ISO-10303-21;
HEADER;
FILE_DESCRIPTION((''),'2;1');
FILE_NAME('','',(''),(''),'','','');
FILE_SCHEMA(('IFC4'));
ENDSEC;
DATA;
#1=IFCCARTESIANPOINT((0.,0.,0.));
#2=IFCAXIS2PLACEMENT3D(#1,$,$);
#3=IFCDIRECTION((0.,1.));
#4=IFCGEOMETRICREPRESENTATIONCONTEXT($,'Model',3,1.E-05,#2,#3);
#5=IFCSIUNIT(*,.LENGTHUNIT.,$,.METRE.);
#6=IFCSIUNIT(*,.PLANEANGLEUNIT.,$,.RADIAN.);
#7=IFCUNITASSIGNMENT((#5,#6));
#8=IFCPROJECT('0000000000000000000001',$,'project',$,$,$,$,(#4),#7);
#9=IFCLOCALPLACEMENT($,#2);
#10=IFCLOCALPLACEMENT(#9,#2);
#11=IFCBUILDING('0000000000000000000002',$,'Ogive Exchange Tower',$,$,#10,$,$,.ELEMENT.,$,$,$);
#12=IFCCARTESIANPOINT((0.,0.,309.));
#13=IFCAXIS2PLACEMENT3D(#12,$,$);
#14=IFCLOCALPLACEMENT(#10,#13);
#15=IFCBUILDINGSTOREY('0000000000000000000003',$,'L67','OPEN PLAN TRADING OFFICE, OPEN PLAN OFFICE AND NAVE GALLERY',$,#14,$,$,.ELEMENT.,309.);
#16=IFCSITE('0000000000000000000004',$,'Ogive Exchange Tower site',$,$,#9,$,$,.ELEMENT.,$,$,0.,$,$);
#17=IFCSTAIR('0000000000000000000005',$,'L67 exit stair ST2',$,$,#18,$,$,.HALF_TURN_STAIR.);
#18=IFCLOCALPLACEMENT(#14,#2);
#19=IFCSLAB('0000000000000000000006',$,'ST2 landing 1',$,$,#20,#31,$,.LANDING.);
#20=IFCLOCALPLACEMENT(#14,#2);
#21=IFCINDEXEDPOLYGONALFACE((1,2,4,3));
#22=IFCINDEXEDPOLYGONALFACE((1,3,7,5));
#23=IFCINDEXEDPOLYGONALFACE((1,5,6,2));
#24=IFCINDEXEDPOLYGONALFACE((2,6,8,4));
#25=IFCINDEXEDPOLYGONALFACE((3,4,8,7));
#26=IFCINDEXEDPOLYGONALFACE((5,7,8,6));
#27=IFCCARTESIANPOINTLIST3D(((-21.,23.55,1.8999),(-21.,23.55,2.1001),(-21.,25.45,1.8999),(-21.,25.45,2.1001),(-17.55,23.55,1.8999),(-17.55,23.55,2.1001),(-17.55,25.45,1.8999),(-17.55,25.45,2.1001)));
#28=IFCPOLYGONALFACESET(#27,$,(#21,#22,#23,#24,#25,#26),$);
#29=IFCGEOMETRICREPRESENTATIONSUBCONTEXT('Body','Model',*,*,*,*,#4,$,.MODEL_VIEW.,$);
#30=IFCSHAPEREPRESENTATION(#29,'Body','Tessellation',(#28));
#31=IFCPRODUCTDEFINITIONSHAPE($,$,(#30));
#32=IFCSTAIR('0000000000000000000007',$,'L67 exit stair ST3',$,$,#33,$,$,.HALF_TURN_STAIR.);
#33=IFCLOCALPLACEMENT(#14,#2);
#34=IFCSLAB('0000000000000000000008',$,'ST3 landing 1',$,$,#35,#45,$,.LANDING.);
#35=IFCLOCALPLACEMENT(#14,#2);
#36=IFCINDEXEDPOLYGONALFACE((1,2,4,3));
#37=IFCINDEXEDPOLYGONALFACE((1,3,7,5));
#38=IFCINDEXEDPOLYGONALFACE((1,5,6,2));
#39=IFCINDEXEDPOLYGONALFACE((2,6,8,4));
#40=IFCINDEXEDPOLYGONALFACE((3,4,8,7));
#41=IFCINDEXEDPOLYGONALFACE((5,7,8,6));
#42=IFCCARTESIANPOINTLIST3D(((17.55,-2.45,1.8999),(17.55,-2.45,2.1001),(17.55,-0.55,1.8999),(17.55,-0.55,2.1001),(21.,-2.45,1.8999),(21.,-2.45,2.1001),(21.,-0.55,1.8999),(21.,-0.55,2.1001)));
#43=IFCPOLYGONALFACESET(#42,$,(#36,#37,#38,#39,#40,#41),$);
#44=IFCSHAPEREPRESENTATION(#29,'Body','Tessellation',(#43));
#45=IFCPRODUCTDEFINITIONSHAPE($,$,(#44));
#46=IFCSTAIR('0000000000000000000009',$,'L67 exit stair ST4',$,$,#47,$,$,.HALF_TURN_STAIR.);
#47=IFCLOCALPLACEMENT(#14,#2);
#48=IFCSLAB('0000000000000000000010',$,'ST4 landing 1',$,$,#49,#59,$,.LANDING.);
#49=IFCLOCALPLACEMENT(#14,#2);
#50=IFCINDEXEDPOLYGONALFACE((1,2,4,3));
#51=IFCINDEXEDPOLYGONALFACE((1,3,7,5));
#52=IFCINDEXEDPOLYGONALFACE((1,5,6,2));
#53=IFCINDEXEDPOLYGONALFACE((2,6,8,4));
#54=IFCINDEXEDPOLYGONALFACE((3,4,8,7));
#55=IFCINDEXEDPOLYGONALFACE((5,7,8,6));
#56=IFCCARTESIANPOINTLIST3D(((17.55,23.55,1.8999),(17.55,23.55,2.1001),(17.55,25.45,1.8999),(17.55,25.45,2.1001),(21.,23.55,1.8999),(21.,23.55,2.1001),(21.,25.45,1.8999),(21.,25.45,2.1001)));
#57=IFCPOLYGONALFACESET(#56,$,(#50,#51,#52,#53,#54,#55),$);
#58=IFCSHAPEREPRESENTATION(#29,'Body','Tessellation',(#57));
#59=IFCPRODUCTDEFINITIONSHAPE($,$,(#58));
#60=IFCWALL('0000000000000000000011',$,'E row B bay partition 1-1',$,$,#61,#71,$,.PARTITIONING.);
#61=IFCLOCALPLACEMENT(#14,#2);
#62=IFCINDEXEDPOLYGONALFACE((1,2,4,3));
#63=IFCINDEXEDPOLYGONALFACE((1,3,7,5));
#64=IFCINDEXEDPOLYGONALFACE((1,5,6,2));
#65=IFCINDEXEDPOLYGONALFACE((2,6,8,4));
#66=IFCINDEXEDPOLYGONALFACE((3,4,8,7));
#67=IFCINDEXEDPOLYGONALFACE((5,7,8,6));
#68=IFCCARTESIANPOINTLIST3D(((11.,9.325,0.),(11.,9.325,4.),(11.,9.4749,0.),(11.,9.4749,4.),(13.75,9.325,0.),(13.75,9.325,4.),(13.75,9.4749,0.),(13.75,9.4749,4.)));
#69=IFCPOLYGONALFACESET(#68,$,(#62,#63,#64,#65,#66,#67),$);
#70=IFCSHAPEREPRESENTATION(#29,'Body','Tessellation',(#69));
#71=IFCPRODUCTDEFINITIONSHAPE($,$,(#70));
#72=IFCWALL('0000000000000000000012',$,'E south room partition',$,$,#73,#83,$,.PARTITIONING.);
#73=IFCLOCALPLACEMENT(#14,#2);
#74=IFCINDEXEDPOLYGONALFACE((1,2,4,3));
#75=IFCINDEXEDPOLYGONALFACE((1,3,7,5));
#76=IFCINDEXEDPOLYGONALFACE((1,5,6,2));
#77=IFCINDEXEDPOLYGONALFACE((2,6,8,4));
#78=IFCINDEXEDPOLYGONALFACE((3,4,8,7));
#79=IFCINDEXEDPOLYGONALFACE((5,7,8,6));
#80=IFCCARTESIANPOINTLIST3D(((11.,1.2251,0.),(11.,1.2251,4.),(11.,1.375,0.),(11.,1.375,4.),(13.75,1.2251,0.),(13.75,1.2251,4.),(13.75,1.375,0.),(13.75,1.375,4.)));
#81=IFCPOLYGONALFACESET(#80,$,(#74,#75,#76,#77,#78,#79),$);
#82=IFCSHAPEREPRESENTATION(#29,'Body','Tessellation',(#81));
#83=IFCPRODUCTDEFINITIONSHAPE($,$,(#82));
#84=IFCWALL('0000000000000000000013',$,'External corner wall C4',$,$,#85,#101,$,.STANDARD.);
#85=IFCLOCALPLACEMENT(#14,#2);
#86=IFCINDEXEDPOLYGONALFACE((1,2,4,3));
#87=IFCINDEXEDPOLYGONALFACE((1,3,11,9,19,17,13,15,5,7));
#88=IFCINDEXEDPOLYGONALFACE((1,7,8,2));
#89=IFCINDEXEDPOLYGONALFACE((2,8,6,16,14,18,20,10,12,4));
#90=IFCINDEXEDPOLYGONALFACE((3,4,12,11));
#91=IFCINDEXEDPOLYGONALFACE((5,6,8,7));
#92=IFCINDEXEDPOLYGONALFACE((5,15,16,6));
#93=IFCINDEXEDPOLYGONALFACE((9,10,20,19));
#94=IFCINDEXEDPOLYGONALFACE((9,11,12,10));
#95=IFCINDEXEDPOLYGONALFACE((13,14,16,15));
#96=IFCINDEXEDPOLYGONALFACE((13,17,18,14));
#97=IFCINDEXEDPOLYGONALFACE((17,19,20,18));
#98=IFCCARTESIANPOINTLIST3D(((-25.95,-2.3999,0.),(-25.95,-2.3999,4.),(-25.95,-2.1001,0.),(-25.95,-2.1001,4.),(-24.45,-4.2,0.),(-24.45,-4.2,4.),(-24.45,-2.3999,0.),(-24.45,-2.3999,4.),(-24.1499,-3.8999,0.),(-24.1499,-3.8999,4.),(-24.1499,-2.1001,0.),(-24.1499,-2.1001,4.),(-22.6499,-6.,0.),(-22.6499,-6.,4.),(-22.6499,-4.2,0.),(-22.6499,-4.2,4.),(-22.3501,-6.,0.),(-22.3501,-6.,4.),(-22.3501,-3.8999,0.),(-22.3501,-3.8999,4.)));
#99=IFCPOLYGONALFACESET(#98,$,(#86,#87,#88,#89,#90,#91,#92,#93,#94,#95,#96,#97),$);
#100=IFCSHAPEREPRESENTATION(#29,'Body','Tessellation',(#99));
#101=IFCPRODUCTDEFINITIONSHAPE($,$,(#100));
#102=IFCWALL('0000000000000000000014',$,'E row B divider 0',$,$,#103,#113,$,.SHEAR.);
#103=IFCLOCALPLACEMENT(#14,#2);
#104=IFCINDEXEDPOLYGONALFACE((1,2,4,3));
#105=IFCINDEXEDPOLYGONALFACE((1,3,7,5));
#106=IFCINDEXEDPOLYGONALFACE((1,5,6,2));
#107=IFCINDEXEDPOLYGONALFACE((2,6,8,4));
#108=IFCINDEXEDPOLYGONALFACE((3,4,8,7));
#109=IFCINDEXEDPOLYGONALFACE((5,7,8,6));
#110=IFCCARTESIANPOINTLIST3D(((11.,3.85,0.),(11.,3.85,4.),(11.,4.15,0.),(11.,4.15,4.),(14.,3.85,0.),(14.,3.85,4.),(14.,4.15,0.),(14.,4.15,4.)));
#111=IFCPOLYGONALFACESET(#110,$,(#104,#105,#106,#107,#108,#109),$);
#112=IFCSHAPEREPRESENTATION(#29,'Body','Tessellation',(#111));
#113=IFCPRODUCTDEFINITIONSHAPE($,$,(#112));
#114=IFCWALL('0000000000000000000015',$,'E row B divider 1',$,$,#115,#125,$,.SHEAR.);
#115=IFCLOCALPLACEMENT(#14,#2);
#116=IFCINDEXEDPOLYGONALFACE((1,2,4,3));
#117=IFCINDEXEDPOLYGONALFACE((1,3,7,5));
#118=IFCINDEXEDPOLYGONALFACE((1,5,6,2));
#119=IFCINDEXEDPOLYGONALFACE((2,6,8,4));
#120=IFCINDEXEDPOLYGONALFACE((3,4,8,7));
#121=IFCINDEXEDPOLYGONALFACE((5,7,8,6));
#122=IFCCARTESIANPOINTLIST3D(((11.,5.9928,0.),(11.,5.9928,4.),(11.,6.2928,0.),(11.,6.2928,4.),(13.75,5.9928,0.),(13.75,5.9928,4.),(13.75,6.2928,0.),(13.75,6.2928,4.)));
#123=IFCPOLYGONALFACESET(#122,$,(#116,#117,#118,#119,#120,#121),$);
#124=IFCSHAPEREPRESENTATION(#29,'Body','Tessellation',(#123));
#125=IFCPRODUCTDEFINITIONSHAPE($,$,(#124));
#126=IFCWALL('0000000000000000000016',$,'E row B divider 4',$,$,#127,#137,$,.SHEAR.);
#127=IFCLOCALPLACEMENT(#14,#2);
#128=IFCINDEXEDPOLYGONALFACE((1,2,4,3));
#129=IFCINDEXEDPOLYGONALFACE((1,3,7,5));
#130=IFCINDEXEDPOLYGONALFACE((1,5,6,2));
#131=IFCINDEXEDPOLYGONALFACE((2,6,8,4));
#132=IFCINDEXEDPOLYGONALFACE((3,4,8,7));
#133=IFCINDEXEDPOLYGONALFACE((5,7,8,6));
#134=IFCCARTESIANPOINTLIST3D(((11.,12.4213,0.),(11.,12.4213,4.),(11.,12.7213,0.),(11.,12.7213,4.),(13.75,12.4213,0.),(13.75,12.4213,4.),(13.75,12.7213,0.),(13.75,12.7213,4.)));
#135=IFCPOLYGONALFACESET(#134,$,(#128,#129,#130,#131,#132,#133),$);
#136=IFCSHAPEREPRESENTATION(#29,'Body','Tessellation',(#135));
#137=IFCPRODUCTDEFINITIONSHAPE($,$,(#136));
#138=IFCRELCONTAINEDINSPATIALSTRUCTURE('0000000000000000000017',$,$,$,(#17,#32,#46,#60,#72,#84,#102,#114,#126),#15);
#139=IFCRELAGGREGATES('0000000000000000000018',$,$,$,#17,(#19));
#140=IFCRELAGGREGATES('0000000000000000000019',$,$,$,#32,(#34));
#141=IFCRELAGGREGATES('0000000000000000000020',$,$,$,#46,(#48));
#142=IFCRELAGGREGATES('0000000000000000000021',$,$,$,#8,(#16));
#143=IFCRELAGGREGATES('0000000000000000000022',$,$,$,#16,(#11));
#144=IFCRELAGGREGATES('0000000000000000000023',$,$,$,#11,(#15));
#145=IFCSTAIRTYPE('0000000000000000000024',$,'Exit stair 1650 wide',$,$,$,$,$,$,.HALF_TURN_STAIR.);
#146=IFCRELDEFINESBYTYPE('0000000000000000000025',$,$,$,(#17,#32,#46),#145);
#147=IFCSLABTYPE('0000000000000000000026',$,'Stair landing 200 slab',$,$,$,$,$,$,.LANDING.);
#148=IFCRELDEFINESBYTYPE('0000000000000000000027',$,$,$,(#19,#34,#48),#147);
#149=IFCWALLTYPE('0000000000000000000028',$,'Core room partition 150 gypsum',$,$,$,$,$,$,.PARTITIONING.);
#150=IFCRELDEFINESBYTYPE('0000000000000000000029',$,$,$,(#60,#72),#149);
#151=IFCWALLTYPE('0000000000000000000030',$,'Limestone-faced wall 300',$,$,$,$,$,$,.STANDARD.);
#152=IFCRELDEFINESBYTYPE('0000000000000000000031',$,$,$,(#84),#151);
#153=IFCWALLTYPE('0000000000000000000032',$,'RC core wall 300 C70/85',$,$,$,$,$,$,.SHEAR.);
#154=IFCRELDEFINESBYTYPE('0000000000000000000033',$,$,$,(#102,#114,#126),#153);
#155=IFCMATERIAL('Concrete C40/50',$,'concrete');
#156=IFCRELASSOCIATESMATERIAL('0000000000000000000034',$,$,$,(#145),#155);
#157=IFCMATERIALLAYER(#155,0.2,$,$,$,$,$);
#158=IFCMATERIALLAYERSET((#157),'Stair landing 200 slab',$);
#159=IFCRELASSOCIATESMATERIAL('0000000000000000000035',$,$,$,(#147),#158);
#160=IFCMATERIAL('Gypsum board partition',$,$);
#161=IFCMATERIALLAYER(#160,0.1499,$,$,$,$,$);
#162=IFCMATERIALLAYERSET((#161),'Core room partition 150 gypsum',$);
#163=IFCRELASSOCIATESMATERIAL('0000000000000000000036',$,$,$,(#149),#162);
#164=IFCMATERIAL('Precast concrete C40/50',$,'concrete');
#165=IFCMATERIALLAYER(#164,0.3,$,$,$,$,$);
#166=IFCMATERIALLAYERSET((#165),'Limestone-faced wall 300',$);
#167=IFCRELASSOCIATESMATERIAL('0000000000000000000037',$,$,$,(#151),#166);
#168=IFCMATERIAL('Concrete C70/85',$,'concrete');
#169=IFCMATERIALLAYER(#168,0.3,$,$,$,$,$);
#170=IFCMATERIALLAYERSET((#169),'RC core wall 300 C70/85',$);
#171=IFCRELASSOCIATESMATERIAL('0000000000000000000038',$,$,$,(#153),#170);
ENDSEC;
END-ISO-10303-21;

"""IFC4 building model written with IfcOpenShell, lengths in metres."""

from ifc_helpers import new_model, si_unit, direction, frame, frame_2d, origin, place, context, subcontext, project, spatial, polyline, rectangle, outline, extrude, material, layer, layer_set, type_object, element, aggregate, save


model = new_model("IFC4")

# Units and contexts
model_context = context("Model", 3, precision=1e-05, world=origin(), true_north=direction((0.0, 1.0)))
body_context = subcontext(model_context, "Body", "Model", "MODEL_VIEW")
ifc_project = project(units=[si_unit("LENGTHUNIT", "METRE"), si_unit("PLANEANGLEUNIT", "RADIAN")], contexts=[model_context])

# Site, building, storey
site_placement = place(None, origin())
site = spatial("IfcSite", under=ifc_project, at=site_placement, Name="Ogive Exchange Tower site", CompositionType="ELEMENT", RefElevation=0.0)
building_placement = place(site_placement, origin())
building = spatial("IfcBuilding", under=site, at=building_placement, Name="Ogive Exchange Tower", CompositionType="ELEMENT")
storey_placement = place(building_placement, frame((0.0, 0.0, 309.0)))
storey = spatial("IfcBuildingStorey", under=building, at=storey_placement, Name="L67", Description="OPEN PLAN TRADING OFFICE, OPEN PLAN OFFICE AND NAVE GALLERY", CompositionType="ELEMENT", Elevation=309.0)

# Shared definitions
ifc_material_1 = material(Name="Concrete C70/85", Category="concrete")

# Stairs, slabs
ifc_material_2 = material(Name="Concrete C40/50", Category="concrete")
stair_type = type_object("IfcStairType", Name="Exit stair 1650 wide", PredefinedType="HALF_TURN_STAIR", material=ifc_material_2)
ifc_layer_1 = layer(ifc_material_2, 0.2)
ifc_layer_set_1 = layer_set([ifc_layer_1], Name="Stair landing 200 slab")
slab_type_1 = type_object("IfcSlabType", Name="Stair landing 200 slab", PredefinedType="LANDING", material=ifc_layer_set_1)
stair_1_placement = place(storey_placement, origin())
stair_1 = element("IfcStair", 1, at=stair_1_placement, inside=storey, type_object=stair_type, Name="L67 exit stair ST2", PredefinedType="HALF_TURN_STAIR")
slab_1_placement = place(storey_placement, frame((0.0, 0.0, 1.8999)))
slab_1 = element("IfcSlab", 2, at=slab_1_placement, type_object=slab_type_1, Name="ST2 landing 1", PredefinedType="LANDING", context=body_context, shape_type="SweptSolid", body=[
    extrude(outline(polyline([(-17.55, 23.55), (-17.55, 25.45), (-21.0, 25.45), (-21.0, 23.55), (-17.55, 23.55)])), origin(), (0.0, 0.0, 1.0), 0.2002),
])
aggregate(stair_1, [slab_1])
stair_2_placement = place(storey_placement, origin())
stair_2 = element("IfcStair", 3, at=stair_2_placement, inside=storey, type_object=stair_type, Name="L67 exit stair ST3", PredefinedType="HALF_TURN_STAIR")
slab_2_placement = place(storey_placement, frame((0.0, 0.0, 1.8999)))
slab_2 = element("IfcSlab", 4, at=slab_2_placement, type_object=slab_type_1, Name="ST3 landing 1", PredefinedType="LANDING", context=body_context, shape_type="SweptSolid", body=[
    extrude(outline(polyline([(17.55, -0.55), (17.55, -2.45), (21.0, -2.45), (21.0, -0.55), (17.55, -0.55)])), origin(), (0.0, 0.0, 1.0), 0.2002),
])
aggregate(stair_2, [slab_2])
stair_3_placement = place(storey_placement, origin())
stair_3 = element("IfcStair", 5, at=stair_3_placement, inside=storey, type_object=stair_type, Name="L67 exit stair ST4", PredefinedType="HALF_TURN_STAIR")
slab_3_placement = place(storey_placement, frame((0.0, 0.0, 1.8999)))
slab_3 = element("IfcSlab", 6, at=slab_3_placement, type_object=slab_type_1, Name="ST4 landing 1", PredefinedType="LANDING", context=body_context, shape_type="SweptSolid", body=[
    extrude(outline(polyline([(21.0, 23.55), (21.0, 25.45), (17.55, 25.45), (17.55, 23.55), (21.0, 23.55)])), origin(), (0.0, 0.0, 1.0), 0.2002),
])
aggregate(stair_3, [slab_3])

# Walls
ifc_material_3 = material(Name="Gypsum board partition")
ifc_layer_2 = layer(ifc_material_3, 0.1499)
ifc_layer_set_2 = layer_set([ifc_layer_2], Name="Core room partition 150 gypsum")
wall_type_1 = type_object("IfcWallType", Name="Core room partition 150 gypsum", PredefinedType="PARTITIONING", material=ifc_layer_set_2)
for number, where, z_axis, x_axis, name in (
    (7, (11.0, 9.3999, 0.0), (0.0, 0.0, 1.0), (1.0, 0.0, 0.0), "E row B bay partition 1-1"),
    (8, (11.0, 1.3, 0.0), (0.0, 0.0, 1.0), (1.0, 0.0, 0.0), "E south room partition"),
):
    element("IfcWall", number, at=place(storey_placement, frame(where, z_axis=z_axis, x_axis=x_axis)), inside=storey, type_object=wall_type_1, Name=name, PredefinedType="PARTITIONING", context=body_context, shape_type="SweptSolid", body=[
        extrude(rectangle(XDim=2.75, YDim=0.1499, at=frame_2d((1.375, 0.0))), origin(), (0.0, 0.0, 1.0), 4.0),
    ])
ifc_material_4 = material(Name="Precast concrete C40/50", Category="concrete")
ifc_layer_3 = layer(ifc_material_4, 0.3)
ifc_layer_set_3 = layer_set([ifc_layer_3], Name="Limestone-faced wall 300")
wall_type_2 = type_object("IfcWallType", Name="Limestone-faced wall 300", PredefinedType="STANDARD", material=ifc_layer_set_3)
wall_1_placement = place(storey_placement, origin())
element("IfcWall", 9, at=wall_1_placement, inside=storey, type_object=wall_type_2, Name="External corner wall C4", PredefinedType="STANDARD", context=body_context, shape_type="SweptSolid", body=[
    extrude(outline(polyline([(-22.6499, -4.2), (-24.45, -4.2), (-24.45, -2.3999), (-25.95, -2.3999), (-25.95, -2.1001), (-24.1499, -2.1001), (-24.1499, -3.8999), (-22.3501, -3.8999), (-22.3501, -6.0), (-22.6499, -6.0), (-22.6499, -4.2)])), origin(), (0.0, 0.0, 1.0), 4.0),
])
ifc_layer_4 = layer(ifc_material_1, 0.3)
ifc_layer_set_4 = layer_set([ifc_layer_4], Name="RC core wall 300 C70/85")
wall_type_3 = type_object("IfcWallType", Name="RC core wall 300 C70/85", PredefinedType="SHEAR", material=ifc_layer_set_4)
wall_2_placement = place(storey_placement, frame((11.0, 4.0, 0.0), z_axis=(0.0, 0.0, 1.0), x_axis=(1.0, 0.0, 0.0)))
element("IfcWall", 10, at=wall_2_placement, inside=storey, type_object=wall_type_3, Name="E row B divider 0", PredefinedType="SHEAR", context=body_context, shape_type="SweptSolid", body=[
    extrude(rectangle(XDim=3.0, YDim=0.3, at=frame_2d((1.5, 0.0))), origin(), (0.0, 0.0, 1.0), 4.0),
])
for number, where, z_axis, x_axis, name in (
    (11, (11.0, 6.1428, 0.0), (0.0, 0.0, 1.0), (1.0, 0.0, 0.0), "E row B divider 1"),
    (12, (11.0, 12.5713, 0.0), (0.0, 0.0, 1.0), (1.0, 0.0, 0.0), "E row B divider 4"),
):
    element("IfcWall", number, at=place(storey_placement, frame(where, z_axis=z_axis, x_axis=x_axis)), inside=storey, type_object=wall_type_3, Name=name, PredefinedType="SHEAR", context=body_context, shape_type="SweptSolid", body=[
        extrude(rectangle(XDim=2.75, YDim=0.3, at=frame_2d((1.375, 0.0))), origin(), (0.0, 0.0, 1.0), 4.0),
    ])

save(model, "model.ifc")
